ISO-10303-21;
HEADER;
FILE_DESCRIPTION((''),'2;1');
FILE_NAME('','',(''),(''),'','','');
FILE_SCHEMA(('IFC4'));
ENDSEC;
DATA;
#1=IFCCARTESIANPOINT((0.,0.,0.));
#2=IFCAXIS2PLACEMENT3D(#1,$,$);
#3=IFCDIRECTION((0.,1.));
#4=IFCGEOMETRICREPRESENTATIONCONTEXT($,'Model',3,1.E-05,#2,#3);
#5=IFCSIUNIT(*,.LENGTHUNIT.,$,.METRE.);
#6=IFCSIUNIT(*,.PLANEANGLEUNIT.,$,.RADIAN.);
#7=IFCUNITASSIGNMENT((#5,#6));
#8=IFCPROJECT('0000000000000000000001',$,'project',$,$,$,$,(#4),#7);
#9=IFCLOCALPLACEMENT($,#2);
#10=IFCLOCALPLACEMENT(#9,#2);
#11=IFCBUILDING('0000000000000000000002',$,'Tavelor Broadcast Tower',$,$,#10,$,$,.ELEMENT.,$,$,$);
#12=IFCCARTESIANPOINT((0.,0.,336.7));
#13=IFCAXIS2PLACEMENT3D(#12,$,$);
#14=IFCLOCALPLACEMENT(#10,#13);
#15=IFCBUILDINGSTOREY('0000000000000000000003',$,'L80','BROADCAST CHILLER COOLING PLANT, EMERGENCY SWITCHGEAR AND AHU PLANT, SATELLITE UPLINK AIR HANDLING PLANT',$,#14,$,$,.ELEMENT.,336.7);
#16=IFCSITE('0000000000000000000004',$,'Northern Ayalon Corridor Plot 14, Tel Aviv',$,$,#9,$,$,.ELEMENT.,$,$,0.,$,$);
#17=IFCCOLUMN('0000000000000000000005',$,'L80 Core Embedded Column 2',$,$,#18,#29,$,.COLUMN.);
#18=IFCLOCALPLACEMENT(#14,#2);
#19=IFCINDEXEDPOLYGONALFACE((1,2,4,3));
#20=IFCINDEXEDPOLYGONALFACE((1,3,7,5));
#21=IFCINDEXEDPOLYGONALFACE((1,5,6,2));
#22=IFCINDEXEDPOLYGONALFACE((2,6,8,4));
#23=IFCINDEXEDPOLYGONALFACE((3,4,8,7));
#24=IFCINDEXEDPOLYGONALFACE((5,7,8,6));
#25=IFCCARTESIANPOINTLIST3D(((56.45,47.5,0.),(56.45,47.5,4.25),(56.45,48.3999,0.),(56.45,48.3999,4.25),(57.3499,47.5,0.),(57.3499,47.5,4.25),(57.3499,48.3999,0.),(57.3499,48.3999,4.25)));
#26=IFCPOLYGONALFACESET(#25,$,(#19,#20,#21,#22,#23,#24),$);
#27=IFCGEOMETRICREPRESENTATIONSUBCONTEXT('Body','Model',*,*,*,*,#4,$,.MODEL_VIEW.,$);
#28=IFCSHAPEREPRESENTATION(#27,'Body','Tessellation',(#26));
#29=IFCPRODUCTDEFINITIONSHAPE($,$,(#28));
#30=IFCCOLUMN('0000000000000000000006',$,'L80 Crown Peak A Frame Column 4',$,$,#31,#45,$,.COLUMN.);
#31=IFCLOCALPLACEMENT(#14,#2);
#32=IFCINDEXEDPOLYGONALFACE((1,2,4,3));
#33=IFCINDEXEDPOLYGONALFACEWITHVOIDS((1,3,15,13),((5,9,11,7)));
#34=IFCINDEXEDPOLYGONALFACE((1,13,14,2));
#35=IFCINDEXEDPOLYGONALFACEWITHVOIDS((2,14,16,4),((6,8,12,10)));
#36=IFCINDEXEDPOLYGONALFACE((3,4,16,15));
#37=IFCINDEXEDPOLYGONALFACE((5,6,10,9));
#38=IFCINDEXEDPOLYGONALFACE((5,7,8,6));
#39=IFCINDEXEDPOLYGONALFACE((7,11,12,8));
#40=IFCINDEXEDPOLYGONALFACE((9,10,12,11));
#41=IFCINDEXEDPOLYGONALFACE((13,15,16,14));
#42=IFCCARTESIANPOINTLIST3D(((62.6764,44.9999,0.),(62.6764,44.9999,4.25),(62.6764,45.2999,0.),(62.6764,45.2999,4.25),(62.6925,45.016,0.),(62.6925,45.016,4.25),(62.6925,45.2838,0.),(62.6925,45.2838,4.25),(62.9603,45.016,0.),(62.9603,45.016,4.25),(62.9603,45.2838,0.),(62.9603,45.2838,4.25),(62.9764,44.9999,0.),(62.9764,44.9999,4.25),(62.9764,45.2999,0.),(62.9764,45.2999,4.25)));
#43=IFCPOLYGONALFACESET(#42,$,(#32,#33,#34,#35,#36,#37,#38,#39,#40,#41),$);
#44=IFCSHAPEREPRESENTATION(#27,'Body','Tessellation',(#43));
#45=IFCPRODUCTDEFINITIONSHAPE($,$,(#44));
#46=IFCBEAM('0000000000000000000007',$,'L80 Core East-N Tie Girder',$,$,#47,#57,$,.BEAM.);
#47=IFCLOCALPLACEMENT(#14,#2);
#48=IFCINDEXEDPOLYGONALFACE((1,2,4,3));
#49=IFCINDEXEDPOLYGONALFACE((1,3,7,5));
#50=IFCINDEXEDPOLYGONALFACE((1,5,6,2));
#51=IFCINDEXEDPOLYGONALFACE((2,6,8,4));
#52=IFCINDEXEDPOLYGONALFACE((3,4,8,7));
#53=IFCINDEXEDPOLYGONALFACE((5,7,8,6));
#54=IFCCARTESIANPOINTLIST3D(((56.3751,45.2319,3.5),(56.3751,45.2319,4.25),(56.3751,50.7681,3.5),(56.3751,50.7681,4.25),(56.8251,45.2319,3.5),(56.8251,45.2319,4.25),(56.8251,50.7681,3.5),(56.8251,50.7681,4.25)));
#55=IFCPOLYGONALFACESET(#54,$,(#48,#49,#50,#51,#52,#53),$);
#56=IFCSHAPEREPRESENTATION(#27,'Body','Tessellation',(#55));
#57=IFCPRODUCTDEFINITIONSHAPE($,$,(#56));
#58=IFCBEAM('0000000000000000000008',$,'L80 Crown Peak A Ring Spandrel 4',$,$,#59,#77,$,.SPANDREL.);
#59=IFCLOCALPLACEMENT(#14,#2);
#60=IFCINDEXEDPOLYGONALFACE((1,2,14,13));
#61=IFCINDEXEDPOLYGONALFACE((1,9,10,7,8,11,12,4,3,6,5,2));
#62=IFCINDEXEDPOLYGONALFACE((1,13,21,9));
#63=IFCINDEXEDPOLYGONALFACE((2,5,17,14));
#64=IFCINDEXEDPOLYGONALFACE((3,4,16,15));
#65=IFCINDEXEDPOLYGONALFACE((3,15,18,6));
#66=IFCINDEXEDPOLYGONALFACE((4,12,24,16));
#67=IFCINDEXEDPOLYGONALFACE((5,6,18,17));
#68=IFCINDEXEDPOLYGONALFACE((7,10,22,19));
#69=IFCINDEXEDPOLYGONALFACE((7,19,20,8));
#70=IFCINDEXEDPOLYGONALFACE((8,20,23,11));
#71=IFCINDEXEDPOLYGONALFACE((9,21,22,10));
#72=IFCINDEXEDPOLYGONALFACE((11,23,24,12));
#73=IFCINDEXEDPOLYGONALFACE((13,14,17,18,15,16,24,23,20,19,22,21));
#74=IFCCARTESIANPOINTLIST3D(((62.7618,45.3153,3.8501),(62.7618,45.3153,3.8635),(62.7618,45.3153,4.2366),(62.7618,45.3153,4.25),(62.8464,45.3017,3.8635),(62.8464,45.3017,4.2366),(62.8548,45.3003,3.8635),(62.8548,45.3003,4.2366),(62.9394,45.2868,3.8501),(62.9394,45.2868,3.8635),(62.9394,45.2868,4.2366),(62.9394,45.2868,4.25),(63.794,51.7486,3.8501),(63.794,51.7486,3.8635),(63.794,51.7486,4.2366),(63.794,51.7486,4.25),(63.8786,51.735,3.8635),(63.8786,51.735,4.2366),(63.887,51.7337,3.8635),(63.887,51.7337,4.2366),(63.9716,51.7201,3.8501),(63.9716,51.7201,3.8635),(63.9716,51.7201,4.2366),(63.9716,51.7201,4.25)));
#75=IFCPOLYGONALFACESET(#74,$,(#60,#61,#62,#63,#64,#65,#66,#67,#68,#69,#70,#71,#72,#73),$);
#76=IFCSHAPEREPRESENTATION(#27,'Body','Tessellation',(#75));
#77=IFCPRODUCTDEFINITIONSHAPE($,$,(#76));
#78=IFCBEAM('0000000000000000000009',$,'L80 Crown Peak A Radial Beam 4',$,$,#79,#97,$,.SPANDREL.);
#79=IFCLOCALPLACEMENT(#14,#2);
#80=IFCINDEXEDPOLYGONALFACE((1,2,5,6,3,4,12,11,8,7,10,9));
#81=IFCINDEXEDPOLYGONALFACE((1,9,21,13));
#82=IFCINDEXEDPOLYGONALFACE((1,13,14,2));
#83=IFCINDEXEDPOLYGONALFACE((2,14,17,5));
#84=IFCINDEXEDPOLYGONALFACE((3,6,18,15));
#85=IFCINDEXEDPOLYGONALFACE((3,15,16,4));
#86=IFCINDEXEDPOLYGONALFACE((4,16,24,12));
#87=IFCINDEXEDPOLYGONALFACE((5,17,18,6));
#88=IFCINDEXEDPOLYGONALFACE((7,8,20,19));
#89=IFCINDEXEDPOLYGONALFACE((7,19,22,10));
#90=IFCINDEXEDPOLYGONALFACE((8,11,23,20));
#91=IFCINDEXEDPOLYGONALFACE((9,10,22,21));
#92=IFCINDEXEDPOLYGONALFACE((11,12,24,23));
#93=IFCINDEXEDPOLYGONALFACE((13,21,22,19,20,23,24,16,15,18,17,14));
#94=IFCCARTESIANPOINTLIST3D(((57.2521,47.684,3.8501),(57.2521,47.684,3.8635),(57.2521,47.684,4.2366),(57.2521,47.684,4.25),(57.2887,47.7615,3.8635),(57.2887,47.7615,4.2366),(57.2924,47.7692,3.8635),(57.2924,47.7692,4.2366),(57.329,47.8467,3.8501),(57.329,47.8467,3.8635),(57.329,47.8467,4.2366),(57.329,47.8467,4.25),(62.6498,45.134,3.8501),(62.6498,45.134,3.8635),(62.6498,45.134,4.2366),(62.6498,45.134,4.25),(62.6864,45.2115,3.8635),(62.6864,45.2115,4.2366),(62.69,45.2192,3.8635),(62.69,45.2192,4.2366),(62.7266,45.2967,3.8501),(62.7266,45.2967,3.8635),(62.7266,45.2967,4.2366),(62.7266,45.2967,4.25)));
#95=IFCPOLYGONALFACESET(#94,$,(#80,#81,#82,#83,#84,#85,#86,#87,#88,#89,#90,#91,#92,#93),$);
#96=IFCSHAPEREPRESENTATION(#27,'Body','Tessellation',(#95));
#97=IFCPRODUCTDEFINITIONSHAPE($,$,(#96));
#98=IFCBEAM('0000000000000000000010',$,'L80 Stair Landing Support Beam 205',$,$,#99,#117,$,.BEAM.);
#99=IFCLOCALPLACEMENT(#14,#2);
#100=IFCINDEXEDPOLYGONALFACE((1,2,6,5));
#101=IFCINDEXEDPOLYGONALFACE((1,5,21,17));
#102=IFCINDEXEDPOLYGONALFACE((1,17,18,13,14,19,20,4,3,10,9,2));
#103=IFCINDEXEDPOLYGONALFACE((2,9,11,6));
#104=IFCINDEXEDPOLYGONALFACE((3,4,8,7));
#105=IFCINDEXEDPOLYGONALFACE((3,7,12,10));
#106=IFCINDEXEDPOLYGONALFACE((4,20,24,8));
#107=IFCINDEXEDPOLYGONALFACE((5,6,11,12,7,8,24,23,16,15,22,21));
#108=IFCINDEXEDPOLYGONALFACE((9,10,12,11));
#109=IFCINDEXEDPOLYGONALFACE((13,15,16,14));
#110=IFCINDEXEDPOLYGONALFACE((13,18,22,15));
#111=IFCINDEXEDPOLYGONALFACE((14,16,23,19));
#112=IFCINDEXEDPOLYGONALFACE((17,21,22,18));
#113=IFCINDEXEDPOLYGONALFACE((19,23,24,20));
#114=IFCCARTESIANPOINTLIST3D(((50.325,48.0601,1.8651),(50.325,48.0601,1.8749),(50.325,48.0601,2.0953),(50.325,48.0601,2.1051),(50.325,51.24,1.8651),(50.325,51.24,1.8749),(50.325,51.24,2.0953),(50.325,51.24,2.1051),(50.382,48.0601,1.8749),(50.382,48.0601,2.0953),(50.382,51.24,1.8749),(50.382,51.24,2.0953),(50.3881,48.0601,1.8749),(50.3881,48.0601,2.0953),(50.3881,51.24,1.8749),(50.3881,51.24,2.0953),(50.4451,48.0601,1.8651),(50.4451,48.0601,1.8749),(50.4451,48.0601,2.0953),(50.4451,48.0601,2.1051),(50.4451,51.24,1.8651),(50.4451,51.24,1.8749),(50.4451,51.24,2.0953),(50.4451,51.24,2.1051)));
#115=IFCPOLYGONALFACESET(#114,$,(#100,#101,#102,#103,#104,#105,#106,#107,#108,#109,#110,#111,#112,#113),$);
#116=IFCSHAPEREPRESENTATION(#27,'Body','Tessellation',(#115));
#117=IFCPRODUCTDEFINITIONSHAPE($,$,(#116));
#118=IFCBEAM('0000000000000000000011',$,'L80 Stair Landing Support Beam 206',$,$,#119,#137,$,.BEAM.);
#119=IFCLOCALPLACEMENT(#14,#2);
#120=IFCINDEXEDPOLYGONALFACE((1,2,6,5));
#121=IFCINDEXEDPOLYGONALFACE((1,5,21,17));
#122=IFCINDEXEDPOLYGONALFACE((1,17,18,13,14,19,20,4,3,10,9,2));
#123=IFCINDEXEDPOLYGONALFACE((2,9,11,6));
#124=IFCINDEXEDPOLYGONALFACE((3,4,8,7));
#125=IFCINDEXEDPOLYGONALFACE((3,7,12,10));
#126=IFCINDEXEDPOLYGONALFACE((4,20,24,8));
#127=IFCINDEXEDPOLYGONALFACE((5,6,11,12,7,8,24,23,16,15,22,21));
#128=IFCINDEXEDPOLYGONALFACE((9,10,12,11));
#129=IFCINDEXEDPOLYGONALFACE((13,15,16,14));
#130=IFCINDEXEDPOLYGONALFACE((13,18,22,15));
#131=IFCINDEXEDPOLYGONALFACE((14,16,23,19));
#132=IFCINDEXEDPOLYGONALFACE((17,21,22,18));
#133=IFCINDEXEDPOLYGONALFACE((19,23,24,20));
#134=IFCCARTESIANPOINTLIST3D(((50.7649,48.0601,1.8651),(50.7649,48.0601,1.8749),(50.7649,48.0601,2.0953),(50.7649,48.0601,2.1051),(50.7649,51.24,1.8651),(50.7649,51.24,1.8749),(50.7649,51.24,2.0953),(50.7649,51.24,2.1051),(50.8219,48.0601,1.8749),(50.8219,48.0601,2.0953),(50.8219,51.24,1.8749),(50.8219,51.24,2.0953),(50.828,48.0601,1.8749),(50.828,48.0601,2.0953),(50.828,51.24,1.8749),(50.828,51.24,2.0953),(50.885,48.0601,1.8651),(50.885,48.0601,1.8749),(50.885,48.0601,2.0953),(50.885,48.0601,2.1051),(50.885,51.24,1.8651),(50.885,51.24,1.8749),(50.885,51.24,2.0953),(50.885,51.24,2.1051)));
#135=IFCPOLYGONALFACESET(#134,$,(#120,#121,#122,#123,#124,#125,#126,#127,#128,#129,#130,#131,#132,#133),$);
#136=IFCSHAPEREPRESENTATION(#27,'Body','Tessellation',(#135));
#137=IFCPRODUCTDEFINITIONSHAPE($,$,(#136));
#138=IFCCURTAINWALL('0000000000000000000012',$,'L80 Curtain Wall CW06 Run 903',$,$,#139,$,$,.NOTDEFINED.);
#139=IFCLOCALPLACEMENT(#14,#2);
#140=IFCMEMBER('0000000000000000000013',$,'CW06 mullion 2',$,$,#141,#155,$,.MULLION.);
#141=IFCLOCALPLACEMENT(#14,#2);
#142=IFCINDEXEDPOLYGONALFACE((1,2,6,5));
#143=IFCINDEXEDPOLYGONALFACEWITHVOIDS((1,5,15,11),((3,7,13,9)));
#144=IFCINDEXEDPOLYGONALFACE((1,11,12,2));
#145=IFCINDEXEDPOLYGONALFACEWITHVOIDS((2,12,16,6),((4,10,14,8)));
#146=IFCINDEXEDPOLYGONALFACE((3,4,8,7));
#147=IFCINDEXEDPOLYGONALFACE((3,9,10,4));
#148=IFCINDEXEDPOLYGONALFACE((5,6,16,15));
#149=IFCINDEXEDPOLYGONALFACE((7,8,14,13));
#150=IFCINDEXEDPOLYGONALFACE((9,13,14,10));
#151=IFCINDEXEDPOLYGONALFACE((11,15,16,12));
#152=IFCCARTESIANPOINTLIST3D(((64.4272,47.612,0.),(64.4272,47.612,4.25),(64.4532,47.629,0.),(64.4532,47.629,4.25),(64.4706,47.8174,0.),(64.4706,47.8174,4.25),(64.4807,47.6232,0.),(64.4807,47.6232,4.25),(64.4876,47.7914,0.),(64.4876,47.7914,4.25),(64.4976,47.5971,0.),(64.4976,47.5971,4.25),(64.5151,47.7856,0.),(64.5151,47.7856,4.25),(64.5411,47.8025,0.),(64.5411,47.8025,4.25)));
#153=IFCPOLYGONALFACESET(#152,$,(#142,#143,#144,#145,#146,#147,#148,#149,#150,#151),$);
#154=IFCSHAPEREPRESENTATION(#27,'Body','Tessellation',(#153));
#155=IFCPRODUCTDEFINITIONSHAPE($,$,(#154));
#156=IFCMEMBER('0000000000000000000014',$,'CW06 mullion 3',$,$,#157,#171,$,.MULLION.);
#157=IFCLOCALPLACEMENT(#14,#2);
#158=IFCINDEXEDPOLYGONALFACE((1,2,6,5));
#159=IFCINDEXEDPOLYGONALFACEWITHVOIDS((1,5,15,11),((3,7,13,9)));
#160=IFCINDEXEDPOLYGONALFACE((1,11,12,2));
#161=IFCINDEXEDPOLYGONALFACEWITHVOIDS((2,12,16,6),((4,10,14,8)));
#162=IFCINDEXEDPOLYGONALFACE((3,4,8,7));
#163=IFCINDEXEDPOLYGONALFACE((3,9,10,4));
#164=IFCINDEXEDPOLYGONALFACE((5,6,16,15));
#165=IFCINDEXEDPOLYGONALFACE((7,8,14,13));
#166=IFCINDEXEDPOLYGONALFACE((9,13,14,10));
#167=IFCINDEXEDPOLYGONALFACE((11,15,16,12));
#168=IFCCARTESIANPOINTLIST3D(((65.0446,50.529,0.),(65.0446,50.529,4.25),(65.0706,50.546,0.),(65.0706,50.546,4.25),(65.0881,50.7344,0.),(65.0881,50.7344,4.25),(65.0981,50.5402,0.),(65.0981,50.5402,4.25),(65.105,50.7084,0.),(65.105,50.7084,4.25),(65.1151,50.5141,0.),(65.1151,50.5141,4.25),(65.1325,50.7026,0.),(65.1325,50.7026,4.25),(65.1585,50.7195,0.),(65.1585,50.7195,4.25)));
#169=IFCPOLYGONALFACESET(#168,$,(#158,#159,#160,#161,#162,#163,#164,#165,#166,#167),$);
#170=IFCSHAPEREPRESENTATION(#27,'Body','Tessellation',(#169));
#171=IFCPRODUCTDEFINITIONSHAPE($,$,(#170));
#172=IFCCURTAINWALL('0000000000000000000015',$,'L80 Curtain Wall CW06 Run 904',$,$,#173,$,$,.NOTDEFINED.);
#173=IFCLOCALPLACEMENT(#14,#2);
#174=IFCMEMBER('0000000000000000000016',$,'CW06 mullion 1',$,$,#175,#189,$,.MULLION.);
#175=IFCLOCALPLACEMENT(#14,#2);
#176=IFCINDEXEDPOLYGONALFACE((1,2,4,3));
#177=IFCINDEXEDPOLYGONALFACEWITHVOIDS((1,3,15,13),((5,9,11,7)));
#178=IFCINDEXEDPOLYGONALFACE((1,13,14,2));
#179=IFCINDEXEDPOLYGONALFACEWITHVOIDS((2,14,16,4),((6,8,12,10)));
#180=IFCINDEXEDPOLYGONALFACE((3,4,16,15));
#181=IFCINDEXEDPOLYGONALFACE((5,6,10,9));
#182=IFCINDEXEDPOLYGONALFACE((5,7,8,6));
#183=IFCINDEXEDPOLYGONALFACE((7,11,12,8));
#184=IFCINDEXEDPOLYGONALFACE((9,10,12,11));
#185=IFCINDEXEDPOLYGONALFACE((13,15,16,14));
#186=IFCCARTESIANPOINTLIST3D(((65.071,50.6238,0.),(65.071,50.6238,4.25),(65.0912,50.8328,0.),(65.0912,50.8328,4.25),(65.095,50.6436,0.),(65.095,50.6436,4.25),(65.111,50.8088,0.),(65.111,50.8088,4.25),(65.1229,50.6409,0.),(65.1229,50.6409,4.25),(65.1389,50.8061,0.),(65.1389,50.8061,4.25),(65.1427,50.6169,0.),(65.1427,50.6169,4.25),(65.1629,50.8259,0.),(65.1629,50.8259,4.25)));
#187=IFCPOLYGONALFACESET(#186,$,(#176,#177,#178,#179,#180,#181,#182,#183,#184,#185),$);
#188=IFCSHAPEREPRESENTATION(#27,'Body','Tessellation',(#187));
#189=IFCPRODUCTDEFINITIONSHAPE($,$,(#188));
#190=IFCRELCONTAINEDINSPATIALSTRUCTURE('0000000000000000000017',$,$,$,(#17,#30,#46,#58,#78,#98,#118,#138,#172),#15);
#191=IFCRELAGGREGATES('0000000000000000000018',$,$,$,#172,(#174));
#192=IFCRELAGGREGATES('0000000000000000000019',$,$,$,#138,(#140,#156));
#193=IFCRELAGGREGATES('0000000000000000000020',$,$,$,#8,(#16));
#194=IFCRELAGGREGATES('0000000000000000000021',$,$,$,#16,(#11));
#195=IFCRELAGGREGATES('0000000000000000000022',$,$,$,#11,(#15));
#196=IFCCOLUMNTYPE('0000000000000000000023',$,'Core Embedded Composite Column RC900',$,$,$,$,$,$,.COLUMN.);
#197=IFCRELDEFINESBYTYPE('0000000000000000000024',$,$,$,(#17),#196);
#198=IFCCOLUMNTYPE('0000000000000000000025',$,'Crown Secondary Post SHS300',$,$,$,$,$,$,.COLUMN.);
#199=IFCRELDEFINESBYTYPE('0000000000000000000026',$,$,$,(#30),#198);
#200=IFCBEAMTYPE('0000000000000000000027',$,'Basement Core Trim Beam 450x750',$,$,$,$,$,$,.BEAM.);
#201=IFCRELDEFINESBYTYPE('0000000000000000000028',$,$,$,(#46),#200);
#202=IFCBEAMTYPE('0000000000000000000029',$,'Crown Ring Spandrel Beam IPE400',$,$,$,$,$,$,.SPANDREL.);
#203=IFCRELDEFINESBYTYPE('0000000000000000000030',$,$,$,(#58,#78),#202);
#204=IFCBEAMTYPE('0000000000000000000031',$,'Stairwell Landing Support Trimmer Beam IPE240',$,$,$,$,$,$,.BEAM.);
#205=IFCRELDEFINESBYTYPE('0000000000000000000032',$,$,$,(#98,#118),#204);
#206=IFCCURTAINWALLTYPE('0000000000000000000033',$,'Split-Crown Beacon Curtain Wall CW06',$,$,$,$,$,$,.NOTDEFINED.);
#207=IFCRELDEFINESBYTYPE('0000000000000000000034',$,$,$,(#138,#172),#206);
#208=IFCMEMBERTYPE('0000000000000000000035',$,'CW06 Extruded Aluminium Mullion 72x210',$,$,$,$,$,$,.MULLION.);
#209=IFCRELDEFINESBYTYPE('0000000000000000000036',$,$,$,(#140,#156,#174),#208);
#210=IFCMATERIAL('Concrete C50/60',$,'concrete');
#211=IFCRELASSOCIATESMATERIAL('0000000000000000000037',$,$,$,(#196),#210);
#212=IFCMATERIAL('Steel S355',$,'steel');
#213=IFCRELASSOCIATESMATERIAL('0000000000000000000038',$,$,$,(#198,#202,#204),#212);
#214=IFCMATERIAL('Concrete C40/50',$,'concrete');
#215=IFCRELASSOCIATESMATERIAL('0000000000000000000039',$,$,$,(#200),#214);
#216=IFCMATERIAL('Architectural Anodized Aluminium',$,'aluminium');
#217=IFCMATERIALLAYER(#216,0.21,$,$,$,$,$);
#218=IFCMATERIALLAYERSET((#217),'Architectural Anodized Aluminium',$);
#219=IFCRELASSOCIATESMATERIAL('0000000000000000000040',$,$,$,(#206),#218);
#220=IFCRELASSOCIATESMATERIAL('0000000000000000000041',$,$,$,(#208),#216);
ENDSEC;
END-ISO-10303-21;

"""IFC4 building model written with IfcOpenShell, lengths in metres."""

from ifc_helpers import new_model, si_unit, direction, frame, origin, origin_2d, place, context, subcontext, project, spatial, rectangle, hollow_rectangle, i_section, extrude, source, transform, mapped, material, layer, layer_set, material_profile, profile_set, type_object, type_shapes, element, aggregate, save


model = new_model("IFC4")

# Units and contexts
model_context = context("Model", 3, precision=1e-05, world=origin(), true_north=direction((0.0, 1.0)))
body_context = subcontext(model_context, "Body", "Model", "MODEL_VIEW")
ifc_project = project(units=[si_unit("LENGTHUNIT", "METRE"), si_unit("PLANEANGLEUNIT", "RADIAN")], contexts=[model_context])

# Site, building, storey
site_placement = place(None, origin())
site = spatial("IfcSite", under=ifc_project, at=site_placement, Name="Northern Ayalon Corridor Plot 14, Tel Aviv", CompositionType="ELEMENT", RefElevation=0.0)
building_placement = place(site_placement, origin())
building = spatial("IfcBuilding", under=site, at=building_placement, Name="Tavelor Broadcast Tower", CompositionType="ELEMENT")
storey_placement = place(building_placement, frame((0.0, 0.0, 336.7)))
storey = spatial("IfcBuildingStorey", under=building, at=storey_placement, Name="L80", Description="BROADCAST CHILLER COOLING PLANT, EMERGENCY SWITCHGEAR AND AHU PLANT, SATELLITE UPLINK AIR HANDLING PLANT", CompositionType="ELEMENT", Elevation=336.7)

# Columns
ifc_material_1 = material(Name="Concrete C50/60", Category="concrete")
ifc_material_profile_1 = material_profile(ifc_material_1, rectangle(XDim=0.8999, YDim=0.8999, at=origin_2d()), Name="RC 900x900")
ifc_profile_set_1 = profile_set([ifc_material_profile_1], Name="Concrete C50/60")
column_type_1 = type_object("IfcColumnType", Name="Core Embedded Composite Column RC900", PredefinedType="COLUMN", material=ifc_profile_set_1)
column_1_placement = place(storey_placement, frame((56.8999, 47.95, 0.0), z_axis=(0.0, 0.0, 1.0), x_axis=(1.0, 0.0, 0.0)))
element("IfcColumn", 1, at=column_1_placement, inside=storey, type_object=column_type_1, Name="L80 Core Embedded Column 2", PredefinedType="COLUMN", context=body_context, shape_type="SweptSolid", body=[
    extrude(rectangle(XDim=0.8999, YDim=0.8999, at=origin_2d()), origin(), (0.0, 0.0, 1.0), 4.25),
])
ifc_material_2 = material(Name="Steel S355", Category="steel")
ifc_material_profile_2 = material_profile(ifc_material_2, hollow_rectangle(XDim=0.3, YDim=0.3, WallThickness=0.0161, at=origin_2d()), Name="SHS 300x300x16")
ifc_profile_set_2 = profile_set([ifc_material_profile_2], Name="Steel S355")
column_type_2 = type_object("IfcColumnType", Name="Crown Secondary Post SHS300", PredefinedType="COLUMN", material=ifc_profile_set_2)
column_2_placement = place(storey_placement, frame((62.8264, 45.1499, 0.0), z_axis=(0.0, 0.0, 1.0), x_axis=(1.0, 0.0, 0.0)))
element("IfcColumn", 2, at=column_2_placement, inside=storey, type_object=column_type_2, Name="L80 Crown Peak A Frame Column 4", PredefinedType="COLUMN", context=body_context, shape_type="SweptSolid", body=[
    extrude(hollow_rectangle(XDim=0.3, YDim=0.3, WallThickness=0.0161, at=origin_2d()), origin(), (0.0, 0.0, 1.0), 4.25),
])

# Beams
ifc_material_3 = material(Name="Concrete C40/50", Category="concrete")
ifc_material_profile_3 = material_profile(ifc_material_3, rectangle(XDim=0.45, YDim=0.75, at=origin_2d()), Name="RC 450x750")
ifc_profile_set_3 = profile_set([ifc_material_profile_3], Name="Concrete C40/50")
beam_type_1 = type_object("IfcBeamType", Name="Basement Core Trim Beam 450x750", PredefinedType="BEAM", material=ifc_profile_set_3)
beam_1_placement = place(storey_placement, frame((56.6001, 45.2319, 3.875), z_axis=(0.0, 1.0, 0.0), x_axis=(-1.0, 0.0, 0.0)))
element("IfcBeam", 3, at=beam_1_placement, inside=storey, type_object=beam_type_1, Name="L80 Core East-N Tie Girder", PredefinedType="BEAM", context=body_context, shape_type="SweptSolid", body=[
    extrude(rectangle(XDim=0.45, YDim=0.75, at=origin_2d()), origin(), (0.0, 0.0, 1.0), 5.5361),
])
ifc_material_profile_4 = material_profile(ifc_material_2, i_section(OverallWidth=0.1799, OverallDepth=0.3999, WebThickness=0.0085, FlangeThickness=0.0134, at=origin_2d()), Name="IPE 400")
ifc_profile_set_4 = profile_set([ifc_material_profile_4], Name="Steel S355")
beam_type_2 = type_object("IfcBeamType", Name="Crown Ring Spandrel Beam IPE400", PredefinedType="SPANDREL", material=ifc_profile_set_4)
beam_2_placement = place(storey_placement, frame((62.8506, 45.301, 4.05), z_axis=(0.158423, 0.987371, 0.0), x_axis=(-0.987371, 0.158423, 0.0)))
element("IfcBeam", 4, at=beam_2_placement, inside=storey, type_object=beam_type_2, Name="L80 Crown Peak A Ring Spandrel 4", PredefinedType="SPANDREL", context=body_context, shape_type="SweptSolid", body=[
    extrude(i_section(OverallWidth=0.1799, OverallDepth=0.3999, WebThickness=0.0085, FlangeThickness=0.0134, at=origin_2d()), origin(), (0.0, 0.0, 1.0), 6.5156),
])
beam_3_placement = place(storey_placement, frame((57.2905, 47.7654, 4.05), z_axis=(0.904175, -0.427161, 0.0), x_axis=(0.427161, 0.904175, 0.0)))
element("IfcBeam", 5, at=beam_3_placement, inside=storey, type_object=beam_type_2, Name="L80 Crown Peak A Radial Beam 4", PredefinedType="SPANDREL", context=body_context, shape_type="SweptSolid", body=[
    extrude(i_section(OverallWidth=0.1799, OverallDepth=0.3999, WebThickness=0.0085, FlangeThickness=0.0134, at=origin_2d()), origin(), (0.0, 0.0, 1.0), 5.9697),
])
ifc_material_profile_5 = material_profile(ifc_material_2, i_section(OverallWidth=0.1201, OverallDepth=0.24, WebThickness=0.0061, FlangeThickness=0.0098, at=origin_2d()), Name="IPE 240")
ifc_profile_set_5 = profile_set([ifc_material_profile_5], Name="Steel S355")
beam_type_3 = type_object("IfcBeamType", Name="Stairwell Landing Support Trimmer Beam IPE240", PredefinedType="BEAM", material=ifc_profile_set_5)
for number, where, z_axis, x_axis, name in (
    (6, (50.385, 48.0601, 1.9851), (0.0, 1.0, 0.0), (-1.0, 0.0, 0.0), "L80 Stair Landing Support Beam 205"),
    (7, (50.825, 48.0601, 1.9851), (0.0, 1.0, 0.0), (-1.0, 0.0, 0.0), "L80 Stair Landing Support Beam 206"),
):
    element("IfcBeam", number, at=place(storey_placement, frame(where, z_axis=z_axis, x_axis=x_axis)), inside=storey, type_object=beam_type_3, Name=name, PredefinedType="BEAM", context=body_context, shape_type="SweptSolid", body=[
        extrude(i_section(OverallWidth=0.1201, OverallDepth=0.24, WebThickness=0.0061, FlangeThickness=0.0098, at=origin_2d()), origin(), (0.0, 0.0, 1.0), 3.1799),
    ])

# Curtain wall, members
ifc_material_4 = material(Name="Architectural Anodized Aluminium", Category="aluminium")
ifc_layer_1 = layer(ifc_material_4, 0.21)
ifc_layer_set_1 = layer_set([ifc_layer_1], Name="Architectural Anodized Aluminium")
curtain_wall_type = type_object("IfcCurtainWallType", Name="Split-Crown Beacon Curtain Wall CW06", PredefinedType="NOTDEFINED", material=ifc_layer_set_1)
curtain_wall_1_placement = place(storey_placement, origin())
curtain_wall_1 = element("IfcCurtainWall", 8, at=curtain_wall_1_placement, inside=storey, type_object=curtain_wall_type, Name="L80 Curtain Wall CW06 Run 903", PredefinedType="NOTDEFINED")
ifc_material_profile_6 = material_profile(ifc_material_4, hollow_rectangle(XDim=0.072, YDim=0.21, WallThickness=0.022, at=origin_2d()), Name="RHS 72x210x22")
ifc_profile_set_6 = profile_set([ifc_material_profile_6], Name="Architectural Anodized Aluminium")
member_type_1 = type_object("IfcMemberType", Name="CW06 Extruded Aluminium Mullion 72x210", PredefinedType="MULLION", material=ifc_profile_set_6)
shared_shape_1 = source(origin(), body_context, "Body", "SweptSolid", [
    extrude(hollow_rectangle(XDim=0.072, YDim=0.21, WallThickness=0.022, at=origin_2d()), origin(), (0.0, 0.0, 1.0), 4.25),
])
type_shapes(member_type_1, [shared_shape_1])
member_1_placement = place(storey_placement, frame((64.4841, 47.7073, 0.0), z_axis=(0.0, 0.0, 1.0), x_axis=(-0.97832, 0.2071, 0.0)))
member_1 = element("IfcMember", 9, at=member_1_placement, type_object=member_type_1, Name="CW06 mullion 2", PredefinedType="MULLION", context=body_context, shape_type="MappedRepresentation", body=[
    mapped(shared_shape_1, transform((0.0, 0.0, 0.0), scale=1.0)),
])
member_2_placement = place(storey_placement, frame((65.1016, 50.6243, 0.0), z_axis=(0.0, 0.0, 1.0), x_axis=(-0.97832, 0.2071, 0.0)))
member_2 = element("IfcMember", 10, at=member_2_placement, type_object=member_type_1, Name="CW06 mullion 3", PredefinedType="MULLION", context=body_context, shape_type="MappedRepresentation", body=[
    mapped(shared_shape_1, transform((0.0, 0.0, 0.0), scale=1.0)),
])

# Curtain wall, member
curtain_wall_2_placement = place(storey_placement, origin())
curtain_wall_2 = element("IfcCurtainWall", 11, at=curtain_wall_2_placement, inside=storey, type_object=curtain_wall_type, Name="L80 Curtain Wall CW06 Run 904", PredefinedType="NOTDEFINED")
member_3_placement = place(storey_placement, frame((65.1169, 50.7249, 0.0), z_axis=(0.0, 0.0, 1.0), x_axis=(-0.995362, 0.096196, 0.0)))
member_3 = element("IfcMember", 12, at=member_3_placement, type_object=member_type_1, Name="CW06 mullion 1", PredefinedType="MULLION", context=body_context, shape_type="MappedRepresentation", body=[
    mapped(shared_shape_1, transform((0.0, 0.0, 0.0), scale=1.0)),
])

aggregate(curtain_wall_2, [member_3])

aggregate(curtain_wall_1, [member_1, member_2])

save(model, "model.ifc")
